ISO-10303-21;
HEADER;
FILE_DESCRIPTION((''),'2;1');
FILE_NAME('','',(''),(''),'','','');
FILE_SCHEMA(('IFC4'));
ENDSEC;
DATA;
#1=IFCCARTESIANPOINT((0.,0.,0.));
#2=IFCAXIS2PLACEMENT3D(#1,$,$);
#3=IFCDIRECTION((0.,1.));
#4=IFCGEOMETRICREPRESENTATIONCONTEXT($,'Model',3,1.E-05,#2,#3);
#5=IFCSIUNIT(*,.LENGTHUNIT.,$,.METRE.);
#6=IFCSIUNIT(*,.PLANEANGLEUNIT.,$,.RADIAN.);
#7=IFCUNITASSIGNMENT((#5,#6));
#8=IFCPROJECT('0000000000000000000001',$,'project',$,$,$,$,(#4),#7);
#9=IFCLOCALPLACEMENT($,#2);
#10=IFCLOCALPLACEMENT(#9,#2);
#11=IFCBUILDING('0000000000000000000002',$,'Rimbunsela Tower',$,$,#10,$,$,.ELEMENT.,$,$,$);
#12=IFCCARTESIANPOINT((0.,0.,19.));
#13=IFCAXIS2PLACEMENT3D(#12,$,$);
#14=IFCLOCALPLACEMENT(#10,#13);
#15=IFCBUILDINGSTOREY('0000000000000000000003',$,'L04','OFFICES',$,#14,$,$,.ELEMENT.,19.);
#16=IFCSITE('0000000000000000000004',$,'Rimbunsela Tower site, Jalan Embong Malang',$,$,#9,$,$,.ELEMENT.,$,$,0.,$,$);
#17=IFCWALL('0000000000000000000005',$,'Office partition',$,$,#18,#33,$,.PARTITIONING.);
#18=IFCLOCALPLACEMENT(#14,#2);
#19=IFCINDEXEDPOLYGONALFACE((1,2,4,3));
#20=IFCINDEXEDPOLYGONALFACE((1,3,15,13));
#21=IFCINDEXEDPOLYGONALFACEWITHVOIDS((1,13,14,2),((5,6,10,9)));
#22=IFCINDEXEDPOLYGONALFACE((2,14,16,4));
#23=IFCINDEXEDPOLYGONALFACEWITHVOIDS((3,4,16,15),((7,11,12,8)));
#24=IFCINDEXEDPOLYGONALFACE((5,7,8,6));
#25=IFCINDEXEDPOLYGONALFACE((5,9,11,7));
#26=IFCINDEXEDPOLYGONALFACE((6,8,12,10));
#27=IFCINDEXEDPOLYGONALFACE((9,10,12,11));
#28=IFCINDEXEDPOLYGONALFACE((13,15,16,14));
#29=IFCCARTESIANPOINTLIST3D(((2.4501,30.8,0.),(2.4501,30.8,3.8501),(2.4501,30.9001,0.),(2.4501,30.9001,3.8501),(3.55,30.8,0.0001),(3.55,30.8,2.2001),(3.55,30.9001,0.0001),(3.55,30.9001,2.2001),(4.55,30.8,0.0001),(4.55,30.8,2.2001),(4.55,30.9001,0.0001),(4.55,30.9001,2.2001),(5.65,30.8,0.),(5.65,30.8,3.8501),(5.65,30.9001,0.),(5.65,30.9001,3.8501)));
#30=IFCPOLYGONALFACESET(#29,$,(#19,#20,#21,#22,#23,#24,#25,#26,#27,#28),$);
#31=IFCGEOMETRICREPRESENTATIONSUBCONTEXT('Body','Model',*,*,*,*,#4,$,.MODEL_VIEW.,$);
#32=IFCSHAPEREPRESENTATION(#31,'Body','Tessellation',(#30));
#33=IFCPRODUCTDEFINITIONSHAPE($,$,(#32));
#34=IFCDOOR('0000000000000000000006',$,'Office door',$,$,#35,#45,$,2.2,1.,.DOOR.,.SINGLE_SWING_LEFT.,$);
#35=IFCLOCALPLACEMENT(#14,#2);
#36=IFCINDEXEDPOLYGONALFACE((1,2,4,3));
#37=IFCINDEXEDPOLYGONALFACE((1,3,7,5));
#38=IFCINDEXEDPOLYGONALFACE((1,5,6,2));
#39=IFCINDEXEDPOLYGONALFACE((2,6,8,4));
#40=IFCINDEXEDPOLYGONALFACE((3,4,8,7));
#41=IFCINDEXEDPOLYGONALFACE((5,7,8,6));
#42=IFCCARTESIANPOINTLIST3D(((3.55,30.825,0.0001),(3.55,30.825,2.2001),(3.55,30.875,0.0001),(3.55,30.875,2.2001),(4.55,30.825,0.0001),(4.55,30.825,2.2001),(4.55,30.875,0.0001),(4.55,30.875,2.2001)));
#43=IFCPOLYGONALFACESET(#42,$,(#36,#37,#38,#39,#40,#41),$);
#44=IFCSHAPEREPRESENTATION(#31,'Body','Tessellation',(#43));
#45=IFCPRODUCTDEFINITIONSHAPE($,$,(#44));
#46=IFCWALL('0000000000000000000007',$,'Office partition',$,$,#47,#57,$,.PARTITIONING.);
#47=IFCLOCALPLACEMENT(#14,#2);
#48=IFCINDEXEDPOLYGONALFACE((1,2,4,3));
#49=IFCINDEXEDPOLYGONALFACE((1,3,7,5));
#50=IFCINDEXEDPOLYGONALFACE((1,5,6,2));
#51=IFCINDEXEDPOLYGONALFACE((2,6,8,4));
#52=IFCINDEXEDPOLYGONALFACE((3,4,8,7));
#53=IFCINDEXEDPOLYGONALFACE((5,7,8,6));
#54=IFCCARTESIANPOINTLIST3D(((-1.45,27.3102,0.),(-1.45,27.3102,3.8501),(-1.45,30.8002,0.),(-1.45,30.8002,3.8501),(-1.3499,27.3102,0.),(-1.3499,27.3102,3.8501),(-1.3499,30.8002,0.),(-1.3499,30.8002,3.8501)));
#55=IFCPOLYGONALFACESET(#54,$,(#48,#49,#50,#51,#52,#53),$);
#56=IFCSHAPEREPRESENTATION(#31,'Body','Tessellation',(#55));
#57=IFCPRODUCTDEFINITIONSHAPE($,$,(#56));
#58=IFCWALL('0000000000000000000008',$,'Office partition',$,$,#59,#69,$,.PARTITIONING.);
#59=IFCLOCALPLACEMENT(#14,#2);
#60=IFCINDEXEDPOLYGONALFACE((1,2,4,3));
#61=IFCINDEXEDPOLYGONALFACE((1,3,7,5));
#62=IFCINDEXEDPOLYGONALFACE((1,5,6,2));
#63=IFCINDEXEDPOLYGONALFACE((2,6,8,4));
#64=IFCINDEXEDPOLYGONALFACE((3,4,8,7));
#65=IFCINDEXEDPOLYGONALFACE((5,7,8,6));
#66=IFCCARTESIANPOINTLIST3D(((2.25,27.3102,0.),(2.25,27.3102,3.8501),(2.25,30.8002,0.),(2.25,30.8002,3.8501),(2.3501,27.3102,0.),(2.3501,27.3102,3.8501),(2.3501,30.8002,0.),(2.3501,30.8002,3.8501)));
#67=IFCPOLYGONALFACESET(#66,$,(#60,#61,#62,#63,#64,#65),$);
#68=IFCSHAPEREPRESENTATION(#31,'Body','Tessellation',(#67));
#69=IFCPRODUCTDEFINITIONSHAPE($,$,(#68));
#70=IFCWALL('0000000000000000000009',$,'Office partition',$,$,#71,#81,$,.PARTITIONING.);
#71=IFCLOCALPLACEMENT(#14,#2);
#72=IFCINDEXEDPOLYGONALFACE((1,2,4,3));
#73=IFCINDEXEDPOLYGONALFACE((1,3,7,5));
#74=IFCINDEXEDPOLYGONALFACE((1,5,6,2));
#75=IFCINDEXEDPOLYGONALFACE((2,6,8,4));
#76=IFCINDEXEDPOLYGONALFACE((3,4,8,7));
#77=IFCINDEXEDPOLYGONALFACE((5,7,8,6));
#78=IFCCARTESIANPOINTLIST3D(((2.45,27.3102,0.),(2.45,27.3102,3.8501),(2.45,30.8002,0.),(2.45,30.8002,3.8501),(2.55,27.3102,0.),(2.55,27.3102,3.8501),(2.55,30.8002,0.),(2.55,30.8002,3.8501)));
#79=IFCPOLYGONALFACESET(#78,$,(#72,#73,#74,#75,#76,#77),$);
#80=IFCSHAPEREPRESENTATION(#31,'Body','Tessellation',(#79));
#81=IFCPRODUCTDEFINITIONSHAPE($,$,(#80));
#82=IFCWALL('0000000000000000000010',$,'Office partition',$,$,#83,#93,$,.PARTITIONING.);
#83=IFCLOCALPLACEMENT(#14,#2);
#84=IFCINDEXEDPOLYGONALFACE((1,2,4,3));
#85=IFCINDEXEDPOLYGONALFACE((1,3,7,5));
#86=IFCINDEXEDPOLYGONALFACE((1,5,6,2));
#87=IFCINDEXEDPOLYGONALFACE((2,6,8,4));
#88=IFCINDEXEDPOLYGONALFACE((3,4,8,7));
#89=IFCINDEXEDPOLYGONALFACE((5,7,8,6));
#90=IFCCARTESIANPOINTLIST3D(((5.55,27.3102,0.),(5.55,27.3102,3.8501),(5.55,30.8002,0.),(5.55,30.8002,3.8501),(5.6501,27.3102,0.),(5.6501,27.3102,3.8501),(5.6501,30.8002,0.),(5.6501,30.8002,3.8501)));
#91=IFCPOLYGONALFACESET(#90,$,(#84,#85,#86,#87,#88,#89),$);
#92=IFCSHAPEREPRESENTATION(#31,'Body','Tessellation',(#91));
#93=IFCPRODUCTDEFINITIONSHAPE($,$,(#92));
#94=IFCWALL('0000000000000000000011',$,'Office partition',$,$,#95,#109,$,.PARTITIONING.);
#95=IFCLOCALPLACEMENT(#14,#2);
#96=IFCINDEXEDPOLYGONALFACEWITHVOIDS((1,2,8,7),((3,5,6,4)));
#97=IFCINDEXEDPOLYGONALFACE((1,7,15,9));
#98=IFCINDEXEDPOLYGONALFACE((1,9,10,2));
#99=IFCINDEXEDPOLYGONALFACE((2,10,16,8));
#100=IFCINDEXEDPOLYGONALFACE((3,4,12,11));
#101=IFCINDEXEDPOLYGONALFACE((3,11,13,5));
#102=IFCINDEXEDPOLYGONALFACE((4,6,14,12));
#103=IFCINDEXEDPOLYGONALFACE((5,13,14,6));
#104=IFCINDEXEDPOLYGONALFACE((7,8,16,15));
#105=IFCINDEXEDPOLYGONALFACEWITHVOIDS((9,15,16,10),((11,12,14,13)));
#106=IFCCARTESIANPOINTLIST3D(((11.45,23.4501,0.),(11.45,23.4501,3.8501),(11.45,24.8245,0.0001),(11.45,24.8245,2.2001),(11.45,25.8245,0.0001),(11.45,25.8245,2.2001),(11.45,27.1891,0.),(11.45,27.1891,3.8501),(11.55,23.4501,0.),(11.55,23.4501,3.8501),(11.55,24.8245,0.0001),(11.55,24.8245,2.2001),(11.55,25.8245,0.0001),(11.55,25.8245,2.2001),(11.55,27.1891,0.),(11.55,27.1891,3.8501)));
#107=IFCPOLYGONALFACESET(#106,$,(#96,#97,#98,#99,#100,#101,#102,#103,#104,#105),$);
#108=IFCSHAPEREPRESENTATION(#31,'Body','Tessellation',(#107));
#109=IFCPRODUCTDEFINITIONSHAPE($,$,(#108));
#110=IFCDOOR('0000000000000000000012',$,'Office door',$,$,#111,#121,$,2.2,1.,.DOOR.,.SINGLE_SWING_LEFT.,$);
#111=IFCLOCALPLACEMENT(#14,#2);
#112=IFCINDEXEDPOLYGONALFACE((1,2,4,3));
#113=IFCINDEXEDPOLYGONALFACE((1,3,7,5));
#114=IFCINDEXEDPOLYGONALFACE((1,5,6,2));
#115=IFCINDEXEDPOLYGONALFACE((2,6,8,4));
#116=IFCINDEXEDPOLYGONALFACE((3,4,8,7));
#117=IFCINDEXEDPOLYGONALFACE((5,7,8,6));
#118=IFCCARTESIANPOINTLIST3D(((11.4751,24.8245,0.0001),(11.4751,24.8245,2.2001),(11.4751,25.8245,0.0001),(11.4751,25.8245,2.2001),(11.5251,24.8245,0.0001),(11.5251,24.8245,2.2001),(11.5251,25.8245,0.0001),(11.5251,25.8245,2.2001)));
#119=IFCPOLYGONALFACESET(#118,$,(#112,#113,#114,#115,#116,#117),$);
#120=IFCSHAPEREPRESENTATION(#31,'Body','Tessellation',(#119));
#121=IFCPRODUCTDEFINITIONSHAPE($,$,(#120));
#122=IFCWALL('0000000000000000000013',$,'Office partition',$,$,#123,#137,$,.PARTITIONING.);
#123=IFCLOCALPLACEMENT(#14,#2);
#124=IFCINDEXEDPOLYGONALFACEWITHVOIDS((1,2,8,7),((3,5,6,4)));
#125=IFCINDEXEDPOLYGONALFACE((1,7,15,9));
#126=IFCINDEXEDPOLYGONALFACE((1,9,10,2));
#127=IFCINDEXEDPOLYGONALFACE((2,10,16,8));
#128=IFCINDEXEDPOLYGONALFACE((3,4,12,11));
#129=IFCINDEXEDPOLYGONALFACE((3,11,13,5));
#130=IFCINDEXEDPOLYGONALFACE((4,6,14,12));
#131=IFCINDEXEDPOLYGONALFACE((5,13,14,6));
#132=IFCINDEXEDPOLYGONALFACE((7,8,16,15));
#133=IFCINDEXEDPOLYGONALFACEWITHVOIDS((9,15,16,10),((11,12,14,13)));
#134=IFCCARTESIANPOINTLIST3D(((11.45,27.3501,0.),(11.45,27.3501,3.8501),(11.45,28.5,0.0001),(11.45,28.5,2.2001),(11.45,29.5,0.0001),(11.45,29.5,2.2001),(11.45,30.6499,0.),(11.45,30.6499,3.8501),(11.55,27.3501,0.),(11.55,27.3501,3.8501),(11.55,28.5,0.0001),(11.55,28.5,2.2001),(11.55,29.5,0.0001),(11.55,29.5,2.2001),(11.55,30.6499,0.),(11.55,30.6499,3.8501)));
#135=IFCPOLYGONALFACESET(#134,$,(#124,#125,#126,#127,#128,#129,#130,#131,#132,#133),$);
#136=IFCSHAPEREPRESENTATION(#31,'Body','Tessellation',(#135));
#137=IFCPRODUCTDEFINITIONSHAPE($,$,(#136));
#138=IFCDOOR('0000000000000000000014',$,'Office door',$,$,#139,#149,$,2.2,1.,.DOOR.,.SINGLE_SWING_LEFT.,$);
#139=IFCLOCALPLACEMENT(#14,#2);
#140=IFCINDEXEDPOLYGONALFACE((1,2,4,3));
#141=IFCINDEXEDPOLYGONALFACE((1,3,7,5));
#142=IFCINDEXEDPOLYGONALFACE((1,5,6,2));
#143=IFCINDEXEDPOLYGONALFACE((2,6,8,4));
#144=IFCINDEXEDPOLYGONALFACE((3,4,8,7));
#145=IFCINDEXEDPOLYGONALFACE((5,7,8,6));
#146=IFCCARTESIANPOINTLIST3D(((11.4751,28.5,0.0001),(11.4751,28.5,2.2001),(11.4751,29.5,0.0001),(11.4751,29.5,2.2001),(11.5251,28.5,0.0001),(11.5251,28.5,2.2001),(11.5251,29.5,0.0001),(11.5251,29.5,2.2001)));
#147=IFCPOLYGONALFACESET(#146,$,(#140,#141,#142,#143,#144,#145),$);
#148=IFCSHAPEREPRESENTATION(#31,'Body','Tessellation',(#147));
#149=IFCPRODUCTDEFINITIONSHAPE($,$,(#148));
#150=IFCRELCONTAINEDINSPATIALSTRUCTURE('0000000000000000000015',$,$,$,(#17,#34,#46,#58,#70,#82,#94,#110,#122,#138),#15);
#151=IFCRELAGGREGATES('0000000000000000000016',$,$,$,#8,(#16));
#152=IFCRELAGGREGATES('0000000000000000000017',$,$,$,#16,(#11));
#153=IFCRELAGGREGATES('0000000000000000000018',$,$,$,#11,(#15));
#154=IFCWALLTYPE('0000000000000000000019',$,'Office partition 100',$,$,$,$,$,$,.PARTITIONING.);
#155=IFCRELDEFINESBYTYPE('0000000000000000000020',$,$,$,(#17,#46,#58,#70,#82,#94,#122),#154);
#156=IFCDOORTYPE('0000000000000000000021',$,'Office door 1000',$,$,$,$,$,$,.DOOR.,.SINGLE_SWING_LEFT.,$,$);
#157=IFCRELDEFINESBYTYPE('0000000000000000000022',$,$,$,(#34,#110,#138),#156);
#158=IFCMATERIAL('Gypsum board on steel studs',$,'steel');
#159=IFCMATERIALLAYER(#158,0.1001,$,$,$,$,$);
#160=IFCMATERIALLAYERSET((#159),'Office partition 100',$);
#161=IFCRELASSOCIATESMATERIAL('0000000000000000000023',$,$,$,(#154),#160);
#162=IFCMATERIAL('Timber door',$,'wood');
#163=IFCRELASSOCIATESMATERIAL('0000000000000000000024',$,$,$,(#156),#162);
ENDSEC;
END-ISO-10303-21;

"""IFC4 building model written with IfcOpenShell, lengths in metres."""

from ifc_helpers import new_model, si_unit, direction, frame, frame_2d, origin, place, context, subcontext, project, spatial, rectangle, extrude, material, layer, layer_set, type_object, element, fill, save


model = new_model("IFC4")

# Units and contexts
model_context = context("Model", 3, precision=1e-05, world=origin(), true_north=direction((0.0, 1.0)))
body_context = subcontext(model_context, "Body", "Model", "MODEL_VIEW")
ifc_project = project(units=[si_unit("LENGTHUNIT", "METRE"), si_unit("PLANEANGLEUNIT", "RADIAN")], contexts=[model_context])

# Site, building, storey
site_placement = place(None, origin())
site = spatial("IfcSite", under=ifc_project, at=site_placement, Name="Rimbunsela Tower site, Jalan Embong Malang", CompositionType="ELEMENT", RefElevation=0.0)
building_placement = place(site_placement, origin())
building = spatial("IfcBuilding", under=site, at=building_placement, Name="Rimbunsela Tower", CompositionType="ELEMENT")
storey_placement = place(building_placement, frame((0.0, 0.0, 19.0)))
storey = spatial("IfcBuildingStorey", under=building, at=storey_placement, Name="L04", Description="OFFICES", CompositionType="ELEMENT", Elevation=19.0)

# Shared definitions
ifc_material_1 = material(Name="Gypsum board on steel studs", Category="steel")
ifc_layer_1 = layer(ifc_material_1, 0.1001)
ifc_layer_set_1 = layer_set([ifc_layer_1], Name="Office partition 100")
wall_type_1 = type_object("IfcWallType", Name="Office partition 100", PredefinedType="PARTITIONING", material=ifc_layer_set_1)

# Wall, opening, door
wall_1_placement = place(storey_placement, frame((2.45, 30.8501, 0.0), z_axis=(0.0, 0.0, 1.0), x_axis=(1.0, 0.0, 0.0)))
wall_1 = element("IfcWall", 1, at=wall_1_placement, inside=storey, type_object=wall_type_1, Name="Office partition", PredefinedType="PARTITIONING", context=body_context, shape_type="SweptSolid", body=[
    extrude(rectangle(XDim=3.2, YDim=0.1001, at=frame_2d((1.6001, 0.0))), origin(), (0.0, 0.0, 1.0), 3.8501),
])
opening_1_placement = place(wall_1_placement, frame((1.1001, 0.0, 0.0)))
opening_1 = element("IfcOpeningElement", 2, at=opening_1_placement, cuts=wall_1, PredefinedType="OPENING", context=body_context, shape_type="SweptSolid", body=[
    extrude(rectangle(XDim=1.0, YDim=2.2, at=frame_2d((0.5, 1.1001))), frame((0.0, 0.0601, 0.0), z_axis=(0.0, -1.0, 0.0), x_axis=(1.0, 0.0, 0.0)), (0.0, 0.0, 1.0), 0.1201),
])
ifc_material_2 = material(Name="Timber door", Category="wood")
door_type_1 = type_object("IfcDoorType", Name="Office door 1000", OperationType="SINGLE_SWING_LEFT", PredefinedType="DOOR", material=ifc_material_2)
door_1_placement = place(opening_1_placement, origin())
door_1 = element("IfcDoor", 3, at=door_1_placement, inside=storey, type_object=door_type_1, Name="Office door", OperationType="SINGLE_SWING_LEFT", OverallHeight=2.2, OverallWidth=1.0, PredefinedType="DOOR", context=body_context, shape_type="SweptSolid", body=[
    extrude(rectangle(XDim=1.0, YDim=2.2, at=frame_2d((0.5, 1.1001))), frame((0.0, 0.0249, 0.0), z_axis=(0.0, -1.0, 0.0), x_axis=(1.0, 0.0, 0.0)), (0.0, 0.0, 1.0), 0.05),
])
fill(opening_1, door_1)

# Walls
for number, where, z_axis, x_axis, name in (
    (4, (-1.3999, 27.3101, 0.0), (0.0, 0.0, 1.0), (0.0, 1.0, 0.0), "Office partition"),
    (5, (2.3, 27.3101, 0.0), (0.0, 0.0, 1.0), (0.0, 1.0, 0.0), "Office partition"),
    (6, (2.5, 27.3101, 0.0), (0.0, 0.0, 1.0), (0.0, 1.0, 0.0), "Office partition"),
    (7, (5.6001, 27.3101, 0.0), (0.0, 0.0, 1.0), (0.0, 1.0, 0.0), "Office partition"),
):
    element("IfcWall", number, at=place(storey_placement, frame(where, z_axis=z_axis, x_axis=x_axis)), inside=storey, type_object=wall_type_1, Name=name, PredefinedType="PARTITIONING", context=body_context, shape_type="SweptSolid", body=[
        extrude(rectangle(XDim=3.49, YDim=0.1001, at=frame_2d((1.7451, 0.0))), origin(), (0.0, 0.0, 1.0), 3.8501),
    ])

# Walls, openings, doors
wall_2_placement = place(storey_placement, frame((11.5, 23.45, 0.0), z_axis=(0.0, 0.0, 1.0), x_axis=(0.0, 1.0, 0.0)))
wall_2 = element("IfcWall", 8, at=wall_2_placement, inside=storey, type_object=wall_type_1, Name="Office partition", PredefinedType="PARTITIONING", context=body_context, shape_type="SweptSolid", body=[
    extrude(rectangle(XDim=3.739, YDim=0.1001, at=frame_2d((1.8696, 0.0))), origin(), (0.0, 0.0, 1.0), 3.8501),
])
opening_2_placement = place(wall_2_placement, frame((1.3745, 0.0, 0.0)))
opening_2 = element("IfcOpeningElement", 9, at=opening_2_placement, cuts=wall_2, PredefinedType="OPENING", context=body_context, shape_type="SweptSolid", body=[
    extrude(rectangle(XDim=1.0, YDim=2.2, at=frame_2d((0.5, 1.1001))), frame((0.0, 0.0601, 0.0), z_axis=(0.0, -1.0, 0.0), x_axis=(1.0, 0.0, 0.0)), (0.0, 0.0, 1.0), 0.1201),
])
door_2_placement = place(opening_2_placement, origin())
door_2 = element("IfcDoor", 10, at=door_2_placement, inside=storey, type_object=door_type_1, Name="Office door", OperationType="SINGLE_SWING_LEFT", OverallHeight=2.2, OverallWidth=1.0, PredefinedType="DOOR", context=body_context, shape_type="SweptSolid", body=[
    extrude(rectangle(XDim=1.0, YDim=2.2, at=frame_2d((0.5, 1.1001))), frame((0.0, 0.0249, 0.0), z_axis=(0.0, -1.0, 0.0), x_axis=(1.0, 0.0, 0.0)), (0.0, 0.0, 1.0), 0.05),
])
fill(opening_2, door_2)
wall_3_placement = place(storey_placement, frame((11.5, 27.3501, 0.0), z_axis=(0.0, 0.0, 1.0), x_axis=(0.0, 1.0, 0.0)))
wall_3 = element("IfcWall", 11, at=wall_3_placement, inside=storey, type_object=wall_type_1, Name="Office partition", PredefinedType="PARTITIONING", context=body_context, shape_type="SweptSolid", body=[
    extrude(rectangle(XDim=3.2998, YDim=0.1001, at=frame_2d((1.6499, 0.0))), origin(), (0.0, 0.0, 1.0), 3.8501),
])
opening_3_placement = place(wall_3_placement, frame((1.1499, 0.0, 0.0)))
opening_3 = element("IfcOpeningElement", 12, at=opening_3_placement, cuts=wall_3, PredefinedType="OPENING", context=body_context, shape_type="SweptSolid", body=[
    extrude(rectangle(XDim=1.0, YDim=2.2, at=frame_2d((0.5, 1.1001))), frame((0.0, 0.0601, 0.0), z_axis=(0.0, -1.0, 0.0), x_axis=(1.0, 0.0, 0.0)), (0.0, 0.0, 1.0), 0.1201),
])
door_3_placement = place(opening_3_placement, origin())
door_3 = element("IfcDoor", 13, at=door_3_placement, inside=storey, type_object=door_type_1, Name="Office door", OperationType="SINGLE_SWING_LEFT", OverallHeight=2.2, OverallWidth=1.0, PredefinedType="DOOR", context=body_context, shape_type="SweptSolid", body=[
    extrude(rectangle(XDim=1.0, YDim=2.2, at=frame_2d((0.5, 1.1001))), frame((0.0, 0.0249, 0.0), z_axis=(0.0, -1.0, 0.0), x_axis=(1.0, 0.0, 0.0)), (0.0, 0.0, 1.0), 0.05),
])
fill(opening_3, door_3)

save(model, "model.ifc")
